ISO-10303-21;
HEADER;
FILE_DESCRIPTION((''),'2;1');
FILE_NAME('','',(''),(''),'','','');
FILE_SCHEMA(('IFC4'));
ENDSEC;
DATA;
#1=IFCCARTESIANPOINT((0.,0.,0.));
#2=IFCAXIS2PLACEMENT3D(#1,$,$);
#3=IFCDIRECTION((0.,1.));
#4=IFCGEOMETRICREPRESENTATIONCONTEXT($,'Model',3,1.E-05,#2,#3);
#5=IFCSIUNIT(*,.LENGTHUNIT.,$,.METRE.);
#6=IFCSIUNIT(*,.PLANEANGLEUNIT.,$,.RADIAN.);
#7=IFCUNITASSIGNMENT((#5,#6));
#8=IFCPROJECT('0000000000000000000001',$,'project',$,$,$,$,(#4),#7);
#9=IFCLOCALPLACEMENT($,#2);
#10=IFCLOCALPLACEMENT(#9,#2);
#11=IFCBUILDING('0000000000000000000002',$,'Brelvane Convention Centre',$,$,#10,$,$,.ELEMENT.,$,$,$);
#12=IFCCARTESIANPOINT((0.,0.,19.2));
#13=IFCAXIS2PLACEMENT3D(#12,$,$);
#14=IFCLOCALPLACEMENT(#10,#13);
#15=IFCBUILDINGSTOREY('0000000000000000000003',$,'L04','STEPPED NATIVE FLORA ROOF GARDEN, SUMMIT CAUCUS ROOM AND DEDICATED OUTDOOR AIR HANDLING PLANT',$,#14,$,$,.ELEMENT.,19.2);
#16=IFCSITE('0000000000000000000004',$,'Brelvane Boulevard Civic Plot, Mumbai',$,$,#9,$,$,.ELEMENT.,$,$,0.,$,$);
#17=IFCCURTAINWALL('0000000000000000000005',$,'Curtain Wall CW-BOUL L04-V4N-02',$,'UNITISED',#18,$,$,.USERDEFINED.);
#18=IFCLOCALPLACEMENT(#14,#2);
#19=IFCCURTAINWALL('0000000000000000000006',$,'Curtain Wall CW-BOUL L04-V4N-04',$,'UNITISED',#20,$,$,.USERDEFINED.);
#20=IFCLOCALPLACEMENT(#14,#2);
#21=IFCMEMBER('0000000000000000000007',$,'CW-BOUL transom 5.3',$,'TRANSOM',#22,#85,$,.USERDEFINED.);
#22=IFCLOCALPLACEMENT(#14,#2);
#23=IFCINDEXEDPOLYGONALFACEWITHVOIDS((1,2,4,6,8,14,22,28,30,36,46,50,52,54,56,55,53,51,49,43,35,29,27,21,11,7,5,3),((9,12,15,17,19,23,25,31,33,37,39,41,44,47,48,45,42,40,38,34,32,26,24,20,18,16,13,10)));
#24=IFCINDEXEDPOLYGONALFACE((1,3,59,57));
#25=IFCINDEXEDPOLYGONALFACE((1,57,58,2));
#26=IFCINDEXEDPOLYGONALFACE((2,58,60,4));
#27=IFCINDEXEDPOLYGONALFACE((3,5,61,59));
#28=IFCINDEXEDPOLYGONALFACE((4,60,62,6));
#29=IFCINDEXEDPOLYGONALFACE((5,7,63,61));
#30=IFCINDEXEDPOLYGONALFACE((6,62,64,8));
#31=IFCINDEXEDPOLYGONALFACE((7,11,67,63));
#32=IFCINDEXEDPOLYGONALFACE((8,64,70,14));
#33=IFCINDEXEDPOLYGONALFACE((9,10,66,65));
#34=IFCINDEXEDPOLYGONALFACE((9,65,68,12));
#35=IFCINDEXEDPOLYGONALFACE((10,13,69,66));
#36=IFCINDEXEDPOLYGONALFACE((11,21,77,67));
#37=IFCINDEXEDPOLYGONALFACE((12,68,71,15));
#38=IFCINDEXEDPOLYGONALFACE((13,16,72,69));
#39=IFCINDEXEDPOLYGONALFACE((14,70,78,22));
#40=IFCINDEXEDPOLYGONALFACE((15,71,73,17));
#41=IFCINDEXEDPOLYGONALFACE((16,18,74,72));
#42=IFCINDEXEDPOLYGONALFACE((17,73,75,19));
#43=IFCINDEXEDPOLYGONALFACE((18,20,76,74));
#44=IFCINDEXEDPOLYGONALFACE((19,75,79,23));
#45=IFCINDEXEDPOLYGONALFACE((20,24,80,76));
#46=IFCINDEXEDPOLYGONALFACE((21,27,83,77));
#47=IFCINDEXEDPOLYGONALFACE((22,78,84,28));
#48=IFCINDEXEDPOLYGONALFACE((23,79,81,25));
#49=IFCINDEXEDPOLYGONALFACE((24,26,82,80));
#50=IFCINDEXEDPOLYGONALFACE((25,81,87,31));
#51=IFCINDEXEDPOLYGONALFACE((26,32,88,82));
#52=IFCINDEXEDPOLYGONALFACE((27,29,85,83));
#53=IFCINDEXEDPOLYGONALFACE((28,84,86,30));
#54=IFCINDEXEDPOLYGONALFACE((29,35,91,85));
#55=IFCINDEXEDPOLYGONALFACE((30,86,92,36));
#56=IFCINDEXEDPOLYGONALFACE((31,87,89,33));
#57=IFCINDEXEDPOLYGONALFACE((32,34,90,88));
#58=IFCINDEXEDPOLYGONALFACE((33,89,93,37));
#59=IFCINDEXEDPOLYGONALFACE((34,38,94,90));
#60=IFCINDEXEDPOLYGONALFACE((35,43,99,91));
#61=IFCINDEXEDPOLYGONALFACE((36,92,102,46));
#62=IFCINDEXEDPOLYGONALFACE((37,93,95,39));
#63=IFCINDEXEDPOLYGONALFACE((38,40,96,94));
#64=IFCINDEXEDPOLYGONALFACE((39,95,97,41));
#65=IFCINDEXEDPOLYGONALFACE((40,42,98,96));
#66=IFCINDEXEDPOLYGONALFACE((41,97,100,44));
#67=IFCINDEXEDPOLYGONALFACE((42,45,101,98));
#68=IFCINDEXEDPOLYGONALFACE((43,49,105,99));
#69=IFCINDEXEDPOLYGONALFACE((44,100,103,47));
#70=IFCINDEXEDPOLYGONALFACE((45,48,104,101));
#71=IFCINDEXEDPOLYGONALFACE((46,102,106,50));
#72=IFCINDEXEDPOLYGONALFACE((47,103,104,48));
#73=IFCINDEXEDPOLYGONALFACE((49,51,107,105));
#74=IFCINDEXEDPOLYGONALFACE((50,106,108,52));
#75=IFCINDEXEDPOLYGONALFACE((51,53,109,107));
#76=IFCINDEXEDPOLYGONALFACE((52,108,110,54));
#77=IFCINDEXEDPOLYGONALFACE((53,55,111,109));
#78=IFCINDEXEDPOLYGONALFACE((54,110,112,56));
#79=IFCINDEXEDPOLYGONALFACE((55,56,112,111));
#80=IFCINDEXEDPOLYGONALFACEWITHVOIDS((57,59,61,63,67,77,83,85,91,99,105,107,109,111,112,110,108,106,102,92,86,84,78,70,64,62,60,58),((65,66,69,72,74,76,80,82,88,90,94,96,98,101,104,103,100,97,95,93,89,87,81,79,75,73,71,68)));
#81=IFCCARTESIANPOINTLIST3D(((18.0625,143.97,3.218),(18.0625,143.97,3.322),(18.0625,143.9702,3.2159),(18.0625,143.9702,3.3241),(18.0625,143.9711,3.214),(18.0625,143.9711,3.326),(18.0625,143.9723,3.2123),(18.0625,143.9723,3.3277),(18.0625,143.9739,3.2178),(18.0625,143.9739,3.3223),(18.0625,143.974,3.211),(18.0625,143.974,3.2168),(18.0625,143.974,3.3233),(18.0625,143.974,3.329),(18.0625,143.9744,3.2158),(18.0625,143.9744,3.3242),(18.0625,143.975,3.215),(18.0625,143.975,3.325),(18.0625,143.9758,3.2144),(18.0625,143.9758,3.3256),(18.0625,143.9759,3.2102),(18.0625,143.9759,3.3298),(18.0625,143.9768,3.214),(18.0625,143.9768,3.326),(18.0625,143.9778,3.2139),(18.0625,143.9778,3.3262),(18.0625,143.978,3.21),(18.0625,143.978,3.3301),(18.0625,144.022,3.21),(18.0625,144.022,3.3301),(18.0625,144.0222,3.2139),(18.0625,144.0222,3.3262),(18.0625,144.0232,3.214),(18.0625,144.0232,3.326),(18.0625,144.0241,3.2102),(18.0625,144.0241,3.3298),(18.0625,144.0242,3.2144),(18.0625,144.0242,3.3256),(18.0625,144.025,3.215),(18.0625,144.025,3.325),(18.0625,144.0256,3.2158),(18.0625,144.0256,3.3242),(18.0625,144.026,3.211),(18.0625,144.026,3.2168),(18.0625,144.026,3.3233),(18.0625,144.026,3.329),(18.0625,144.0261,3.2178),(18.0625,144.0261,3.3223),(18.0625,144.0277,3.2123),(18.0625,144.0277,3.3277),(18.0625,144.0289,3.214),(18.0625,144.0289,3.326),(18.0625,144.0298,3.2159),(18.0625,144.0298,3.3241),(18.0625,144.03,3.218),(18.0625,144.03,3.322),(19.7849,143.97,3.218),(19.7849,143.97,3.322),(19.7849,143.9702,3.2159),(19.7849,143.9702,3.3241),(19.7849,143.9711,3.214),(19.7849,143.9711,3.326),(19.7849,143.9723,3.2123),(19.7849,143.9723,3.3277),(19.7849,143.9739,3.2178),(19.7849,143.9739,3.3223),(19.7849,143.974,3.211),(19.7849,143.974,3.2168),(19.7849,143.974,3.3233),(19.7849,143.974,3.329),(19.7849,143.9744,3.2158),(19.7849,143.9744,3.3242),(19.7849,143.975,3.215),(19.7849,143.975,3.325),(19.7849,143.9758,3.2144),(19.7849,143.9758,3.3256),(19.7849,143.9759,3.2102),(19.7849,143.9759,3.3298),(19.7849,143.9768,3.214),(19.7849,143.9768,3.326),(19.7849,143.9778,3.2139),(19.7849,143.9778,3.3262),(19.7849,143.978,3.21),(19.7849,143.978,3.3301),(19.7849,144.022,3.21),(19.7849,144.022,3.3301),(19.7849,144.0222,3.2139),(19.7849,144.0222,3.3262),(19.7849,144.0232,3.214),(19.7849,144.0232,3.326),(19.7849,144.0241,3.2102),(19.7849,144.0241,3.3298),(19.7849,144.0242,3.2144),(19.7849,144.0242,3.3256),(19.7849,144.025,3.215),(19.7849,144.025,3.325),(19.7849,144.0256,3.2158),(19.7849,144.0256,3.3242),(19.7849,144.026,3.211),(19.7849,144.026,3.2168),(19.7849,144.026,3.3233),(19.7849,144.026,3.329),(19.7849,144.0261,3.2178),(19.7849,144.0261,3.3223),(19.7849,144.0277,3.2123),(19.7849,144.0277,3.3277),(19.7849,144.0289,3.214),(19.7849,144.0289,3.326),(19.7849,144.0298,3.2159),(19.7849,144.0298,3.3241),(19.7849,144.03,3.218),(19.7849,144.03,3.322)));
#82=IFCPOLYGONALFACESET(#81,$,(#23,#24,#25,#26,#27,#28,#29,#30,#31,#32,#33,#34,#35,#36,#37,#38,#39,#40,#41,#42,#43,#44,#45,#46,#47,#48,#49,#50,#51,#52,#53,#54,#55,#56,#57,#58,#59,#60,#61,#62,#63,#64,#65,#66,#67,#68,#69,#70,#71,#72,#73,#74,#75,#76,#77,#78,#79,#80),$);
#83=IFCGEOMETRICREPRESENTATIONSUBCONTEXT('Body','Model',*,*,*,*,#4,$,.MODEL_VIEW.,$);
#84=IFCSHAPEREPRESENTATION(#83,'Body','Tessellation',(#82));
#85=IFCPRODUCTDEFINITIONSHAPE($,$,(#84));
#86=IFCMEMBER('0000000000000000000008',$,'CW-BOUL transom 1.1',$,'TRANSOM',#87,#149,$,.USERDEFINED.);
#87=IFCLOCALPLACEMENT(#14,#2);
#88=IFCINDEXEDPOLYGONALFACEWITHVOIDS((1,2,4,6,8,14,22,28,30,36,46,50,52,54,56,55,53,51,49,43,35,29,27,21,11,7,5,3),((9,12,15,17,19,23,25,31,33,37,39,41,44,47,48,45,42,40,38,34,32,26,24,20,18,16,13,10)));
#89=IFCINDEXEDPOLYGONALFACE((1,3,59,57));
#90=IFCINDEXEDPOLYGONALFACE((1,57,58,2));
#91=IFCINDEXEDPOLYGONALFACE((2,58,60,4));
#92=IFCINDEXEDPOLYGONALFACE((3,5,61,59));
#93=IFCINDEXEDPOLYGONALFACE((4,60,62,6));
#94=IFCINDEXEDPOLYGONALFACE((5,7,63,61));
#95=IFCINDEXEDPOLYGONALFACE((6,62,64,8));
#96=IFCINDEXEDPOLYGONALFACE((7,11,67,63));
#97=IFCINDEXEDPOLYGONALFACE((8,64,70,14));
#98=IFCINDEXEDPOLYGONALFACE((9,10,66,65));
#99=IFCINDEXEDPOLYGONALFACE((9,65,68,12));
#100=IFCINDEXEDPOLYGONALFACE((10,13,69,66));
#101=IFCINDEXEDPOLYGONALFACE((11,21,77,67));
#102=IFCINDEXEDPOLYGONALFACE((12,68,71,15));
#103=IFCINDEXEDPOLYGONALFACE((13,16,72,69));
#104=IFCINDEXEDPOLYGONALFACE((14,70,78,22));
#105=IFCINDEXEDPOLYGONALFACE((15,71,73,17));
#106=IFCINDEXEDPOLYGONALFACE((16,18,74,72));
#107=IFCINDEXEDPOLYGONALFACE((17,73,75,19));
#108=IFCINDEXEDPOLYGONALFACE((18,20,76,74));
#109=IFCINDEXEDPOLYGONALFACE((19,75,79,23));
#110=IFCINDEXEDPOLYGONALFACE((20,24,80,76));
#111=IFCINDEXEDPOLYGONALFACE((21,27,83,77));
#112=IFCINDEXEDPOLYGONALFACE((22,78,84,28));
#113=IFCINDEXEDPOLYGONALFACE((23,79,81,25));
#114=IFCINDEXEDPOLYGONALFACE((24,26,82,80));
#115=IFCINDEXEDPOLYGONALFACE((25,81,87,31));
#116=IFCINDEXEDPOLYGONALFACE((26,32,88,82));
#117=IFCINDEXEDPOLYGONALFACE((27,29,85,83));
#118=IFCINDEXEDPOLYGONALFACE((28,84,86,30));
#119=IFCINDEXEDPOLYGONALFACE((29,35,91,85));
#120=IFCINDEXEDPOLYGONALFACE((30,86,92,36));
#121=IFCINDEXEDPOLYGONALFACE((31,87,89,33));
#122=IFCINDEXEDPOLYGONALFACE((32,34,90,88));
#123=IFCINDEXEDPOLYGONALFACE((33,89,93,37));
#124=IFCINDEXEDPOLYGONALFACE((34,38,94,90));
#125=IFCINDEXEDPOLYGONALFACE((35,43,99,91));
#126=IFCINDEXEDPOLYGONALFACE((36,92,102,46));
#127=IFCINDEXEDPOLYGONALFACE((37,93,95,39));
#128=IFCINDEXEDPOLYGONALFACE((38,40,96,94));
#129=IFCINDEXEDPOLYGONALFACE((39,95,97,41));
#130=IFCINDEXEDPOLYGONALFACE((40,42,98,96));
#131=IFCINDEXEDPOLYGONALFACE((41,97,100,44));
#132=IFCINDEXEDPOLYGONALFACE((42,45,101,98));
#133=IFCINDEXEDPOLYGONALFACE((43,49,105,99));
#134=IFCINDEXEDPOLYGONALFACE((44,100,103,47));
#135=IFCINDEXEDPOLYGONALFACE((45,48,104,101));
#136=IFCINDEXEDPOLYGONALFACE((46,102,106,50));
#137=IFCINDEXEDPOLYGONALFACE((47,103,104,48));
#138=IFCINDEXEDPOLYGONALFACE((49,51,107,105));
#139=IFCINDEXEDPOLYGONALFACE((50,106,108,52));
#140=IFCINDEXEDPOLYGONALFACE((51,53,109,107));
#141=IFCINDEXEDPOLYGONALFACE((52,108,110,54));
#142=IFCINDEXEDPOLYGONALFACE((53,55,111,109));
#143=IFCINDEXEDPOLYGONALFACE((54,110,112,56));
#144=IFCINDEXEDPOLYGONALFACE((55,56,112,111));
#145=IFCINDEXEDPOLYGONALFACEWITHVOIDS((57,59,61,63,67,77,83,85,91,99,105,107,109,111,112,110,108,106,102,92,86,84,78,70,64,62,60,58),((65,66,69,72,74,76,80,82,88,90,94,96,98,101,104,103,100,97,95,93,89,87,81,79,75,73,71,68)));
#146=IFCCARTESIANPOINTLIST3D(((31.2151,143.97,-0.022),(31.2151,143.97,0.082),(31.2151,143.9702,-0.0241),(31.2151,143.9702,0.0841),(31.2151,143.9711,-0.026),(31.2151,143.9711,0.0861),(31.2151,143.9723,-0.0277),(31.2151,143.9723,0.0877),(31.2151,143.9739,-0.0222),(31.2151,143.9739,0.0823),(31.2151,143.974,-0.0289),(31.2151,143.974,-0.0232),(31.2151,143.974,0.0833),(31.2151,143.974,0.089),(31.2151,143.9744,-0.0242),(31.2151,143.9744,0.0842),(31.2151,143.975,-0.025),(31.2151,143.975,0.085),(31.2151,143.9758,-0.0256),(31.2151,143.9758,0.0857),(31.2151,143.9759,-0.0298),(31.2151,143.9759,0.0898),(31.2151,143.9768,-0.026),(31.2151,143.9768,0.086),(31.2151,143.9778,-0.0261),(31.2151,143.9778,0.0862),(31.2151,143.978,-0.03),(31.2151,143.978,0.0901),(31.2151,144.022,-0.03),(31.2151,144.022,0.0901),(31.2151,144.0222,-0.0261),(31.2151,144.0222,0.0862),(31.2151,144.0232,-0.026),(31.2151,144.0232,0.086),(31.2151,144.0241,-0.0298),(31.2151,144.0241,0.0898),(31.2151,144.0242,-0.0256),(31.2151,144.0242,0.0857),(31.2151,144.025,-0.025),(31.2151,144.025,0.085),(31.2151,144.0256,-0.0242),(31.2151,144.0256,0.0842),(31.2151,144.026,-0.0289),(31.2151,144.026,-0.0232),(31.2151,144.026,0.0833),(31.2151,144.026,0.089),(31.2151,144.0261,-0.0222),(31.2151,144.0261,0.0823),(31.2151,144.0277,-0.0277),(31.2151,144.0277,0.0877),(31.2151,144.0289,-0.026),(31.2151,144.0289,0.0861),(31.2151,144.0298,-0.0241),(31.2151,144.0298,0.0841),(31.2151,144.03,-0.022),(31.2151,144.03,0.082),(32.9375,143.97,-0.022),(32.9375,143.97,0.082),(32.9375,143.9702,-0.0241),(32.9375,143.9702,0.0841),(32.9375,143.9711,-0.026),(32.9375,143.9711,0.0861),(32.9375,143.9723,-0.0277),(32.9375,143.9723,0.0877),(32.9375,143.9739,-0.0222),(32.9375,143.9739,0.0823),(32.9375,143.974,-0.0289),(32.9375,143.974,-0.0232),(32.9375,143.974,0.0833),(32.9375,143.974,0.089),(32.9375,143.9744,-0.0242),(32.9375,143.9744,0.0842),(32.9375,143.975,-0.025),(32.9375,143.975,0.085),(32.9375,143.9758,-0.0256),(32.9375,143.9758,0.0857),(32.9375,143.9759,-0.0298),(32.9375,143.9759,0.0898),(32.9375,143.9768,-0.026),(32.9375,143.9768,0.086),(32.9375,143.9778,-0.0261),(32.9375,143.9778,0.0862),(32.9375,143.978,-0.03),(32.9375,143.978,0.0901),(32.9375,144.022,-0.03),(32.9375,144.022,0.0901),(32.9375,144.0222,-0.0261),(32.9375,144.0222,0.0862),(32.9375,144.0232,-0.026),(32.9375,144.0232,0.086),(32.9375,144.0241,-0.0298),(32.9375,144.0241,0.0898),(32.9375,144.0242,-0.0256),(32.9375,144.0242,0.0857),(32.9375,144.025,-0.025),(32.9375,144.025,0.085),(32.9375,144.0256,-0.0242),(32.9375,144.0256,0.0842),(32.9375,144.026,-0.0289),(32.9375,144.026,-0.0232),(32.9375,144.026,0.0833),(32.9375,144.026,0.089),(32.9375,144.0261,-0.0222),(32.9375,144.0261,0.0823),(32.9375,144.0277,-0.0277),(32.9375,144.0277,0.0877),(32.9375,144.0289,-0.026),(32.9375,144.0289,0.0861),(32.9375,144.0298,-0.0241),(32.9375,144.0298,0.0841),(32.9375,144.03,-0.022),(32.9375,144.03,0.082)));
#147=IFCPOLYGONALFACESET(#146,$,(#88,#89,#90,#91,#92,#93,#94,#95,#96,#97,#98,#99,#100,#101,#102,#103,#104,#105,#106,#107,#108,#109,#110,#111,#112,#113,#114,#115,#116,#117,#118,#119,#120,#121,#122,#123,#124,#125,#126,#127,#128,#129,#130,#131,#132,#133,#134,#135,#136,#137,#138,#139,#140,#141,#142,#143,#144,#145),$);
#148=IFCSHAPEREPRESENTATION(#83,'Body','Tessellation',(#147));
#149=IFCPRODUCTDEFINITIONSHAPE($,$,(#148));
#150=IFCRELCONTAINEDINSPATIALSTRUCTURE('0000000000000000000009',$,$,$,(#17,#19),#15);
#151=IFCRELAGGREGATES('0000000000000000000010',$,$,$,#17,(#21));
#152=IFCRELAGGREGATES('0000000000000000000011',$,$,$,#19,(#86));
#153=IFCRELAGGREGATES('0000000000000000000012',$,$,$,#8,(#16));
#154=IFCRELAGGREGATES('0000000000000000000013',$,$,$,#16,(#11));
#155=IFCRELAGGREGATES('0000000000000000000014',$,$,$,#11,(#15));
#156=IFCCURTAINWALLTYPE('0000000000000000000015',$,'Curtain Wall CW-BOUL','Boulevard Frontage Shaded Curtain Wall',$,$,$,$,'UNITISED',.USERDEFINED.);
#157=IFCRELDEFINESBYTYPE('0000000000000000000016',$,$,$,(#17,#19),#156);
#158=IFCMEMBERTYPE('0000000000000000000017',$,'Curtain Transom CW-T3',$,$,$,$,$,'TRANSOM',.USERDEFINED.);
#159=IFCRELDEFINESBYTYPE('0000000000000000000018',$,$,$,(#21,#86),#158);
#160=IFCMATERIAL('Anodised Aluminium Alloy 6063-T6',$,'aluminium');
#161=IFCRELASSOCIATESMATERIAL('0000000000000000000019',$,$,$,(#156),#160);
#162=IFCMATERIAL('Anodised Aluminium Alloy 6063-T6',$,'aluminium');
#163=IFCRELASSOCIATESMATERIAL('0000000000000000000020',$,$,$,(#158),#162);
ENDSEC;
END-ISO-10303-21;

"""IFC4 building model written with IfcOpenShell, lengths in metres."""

from ifc_helpers import new_model, si_unit, direction, frame, origin, origin_2d, place, context, subcontext, project, spatial, hollow_rectangle, extrude, material, material_profile, profile_set, type_object, element, aggregate, save


model = new_model("IFC4")

# Units and contexts
model_context = context("Model", 3, precision=1e-05, world=origin(), true_north=direction((0.0, 1.0)))
body_context = subcontext(model_context, "Body", "Model", "MODEL_VIEW")
ifc_project = project(units=[si_unit("LENGTHUNIT", "METRE"), si_unit("PLANEANGLEUNIT", "RADIAN")], contexts=[model_context])

# Site, building, storey
site_placement = place(None, origin())
site = spatial("IfcSite", under=ifc_project, at=site_placement, Name="Brelvane Boulevard Civic Plot, Mumbai", CompositionType="ELEMENT", RefElevation=0.0)
building_placement = place(site_placement, origin())
building = spatial("IfcBuilding", under=site, at=building_placement, Name="Brelvane Convention Centre", CompositionType="ELEMENT")
storey_placement = place(building_placement, frame((0.0, 0.0, 19.2)))
storey = spatial("IfcBuildingStorey", under=building, at=storey_placement, Name="L04", Description="STEPPED NATIVE FLORA ROOF GARDEN, SUMMIT CAUCUS ROOM AND DEDICATED OUTDOOR AIR HANDLING PLANT", CompositionType="ELEMENT", Elevation=19.2)

# Curtain wall
ifc_material_1 = material(Name="Anodised Aluminium Alloy 6063-T6", Category="aluminium")
curtain_wall_type = type_object("IfcCurtainWallType", Name="Curtain Wall CW-BOUL", Description="Boulevard Frontage Shaded Curtain Wall", ElementType="UNITISED", PredefinedType="USERDEFINED", material=ifc_material_1)
curtain_wall_1_placement = place(storey_placement, origin())
curtain_wall_1 = element("IfcCurtainWall", 1, at=curtain_wall_1_placement, inside=storey, type_object=curtain_wall_type, Name="Curtain Wall CW-BOUL L04-V4N-02", ObjectType="UNITISED", PredefinedType="USERDEFINED")

# Curtain wall
curtain_wall_2_placement = place(storey_placement, origin())
curtain_wall_2 = element("IfcCurtainWall", 2, at=curtain_wall_2_placement, inside=storey, type_object=curtain_wall_type, Name="Curtain Wall CW-BOUL L04-V4N-04", ObjectType="UNITISED", PredefinedType="USERDEFINED")

# Members
ifc_material_2 = material(Name="Anodised Aluminium Alloy 6063-T6", Category="aluminium")
ifc_material_profile_1 = material_profile(ifc_material_2, hollow_rectangle(XDim=0.0601, YDim=0.1201, WallThickness=0.0039, InnerFilletRadius=0.0039, OuterFilletRadius=0.0081, at=origin_2d()), Name="ALU-T 120x60x4.0")
ifc_profile_set_1 = profile_set([ifc_material_profile_1], Name="Anodised Aluminium Alloy 6063-T6")
member_type_1 = type_object("IfcMemberType", Name="Curtain Transom CW-T3", ElementType="TRANSOM", PredefinedType="USERDEFINED", material=ifc_profile_set_1)
member_1_placement = place(storey_placement, frame((18.0625, 144.0, 3.27), z_axis=(1.0, 0.0, 0.0), x_axis=(0.0, 1.0, 0.0)))
member_1 = element("IfcMember", 3, at=member_1_placement, type_object=member_type_1, Name="CW-BOUL transom 5.3", ObjectType="TRANSOM", PredefinedType="USERDEFINED", context=body_context, shape_type="SweptSolid", body=[
    extrude(hollow_rectangle(XDim=0.0601, YDim=0.1201, WallThickness=0.0039, InnerFilletRadius=0.0039, OuterFilletRadius=0.0081, at=origin_2d()), origin(), (0.0, 0.0, 1.0), 1.7224),
])
member_2_placement = place(storey_placement, frame((31.2151, 144.0, 0.03), z_axis=(1.0, 0.0, 0.0), x_axis=(0.0, 1.0, 0.0)))
member_2 = element("IfcMember", 4, at=member_2_placement, type_object=member_type_1, Name="CW-BOUL transom 1.1", ObjectType="TRANSOM", PredefinedType="USERDEFINED", context=body_context, shape_type="SweptSolid", body=[
    extrude(hollow_rectangle(XDim=0.0601, YDim=0.1201, WallThickness=0.0039, InnerFilletRadius=0.0039, OuterFilletRadius=0.0081, at=origin_2d()), origin(), (0.0, 0.0, 1.0), 1.7224),
])

aggregate(curtain_wall_1, [member_1])
aggregate(curtain_wall_2, [member_2])

save(model, "model.ifc")
